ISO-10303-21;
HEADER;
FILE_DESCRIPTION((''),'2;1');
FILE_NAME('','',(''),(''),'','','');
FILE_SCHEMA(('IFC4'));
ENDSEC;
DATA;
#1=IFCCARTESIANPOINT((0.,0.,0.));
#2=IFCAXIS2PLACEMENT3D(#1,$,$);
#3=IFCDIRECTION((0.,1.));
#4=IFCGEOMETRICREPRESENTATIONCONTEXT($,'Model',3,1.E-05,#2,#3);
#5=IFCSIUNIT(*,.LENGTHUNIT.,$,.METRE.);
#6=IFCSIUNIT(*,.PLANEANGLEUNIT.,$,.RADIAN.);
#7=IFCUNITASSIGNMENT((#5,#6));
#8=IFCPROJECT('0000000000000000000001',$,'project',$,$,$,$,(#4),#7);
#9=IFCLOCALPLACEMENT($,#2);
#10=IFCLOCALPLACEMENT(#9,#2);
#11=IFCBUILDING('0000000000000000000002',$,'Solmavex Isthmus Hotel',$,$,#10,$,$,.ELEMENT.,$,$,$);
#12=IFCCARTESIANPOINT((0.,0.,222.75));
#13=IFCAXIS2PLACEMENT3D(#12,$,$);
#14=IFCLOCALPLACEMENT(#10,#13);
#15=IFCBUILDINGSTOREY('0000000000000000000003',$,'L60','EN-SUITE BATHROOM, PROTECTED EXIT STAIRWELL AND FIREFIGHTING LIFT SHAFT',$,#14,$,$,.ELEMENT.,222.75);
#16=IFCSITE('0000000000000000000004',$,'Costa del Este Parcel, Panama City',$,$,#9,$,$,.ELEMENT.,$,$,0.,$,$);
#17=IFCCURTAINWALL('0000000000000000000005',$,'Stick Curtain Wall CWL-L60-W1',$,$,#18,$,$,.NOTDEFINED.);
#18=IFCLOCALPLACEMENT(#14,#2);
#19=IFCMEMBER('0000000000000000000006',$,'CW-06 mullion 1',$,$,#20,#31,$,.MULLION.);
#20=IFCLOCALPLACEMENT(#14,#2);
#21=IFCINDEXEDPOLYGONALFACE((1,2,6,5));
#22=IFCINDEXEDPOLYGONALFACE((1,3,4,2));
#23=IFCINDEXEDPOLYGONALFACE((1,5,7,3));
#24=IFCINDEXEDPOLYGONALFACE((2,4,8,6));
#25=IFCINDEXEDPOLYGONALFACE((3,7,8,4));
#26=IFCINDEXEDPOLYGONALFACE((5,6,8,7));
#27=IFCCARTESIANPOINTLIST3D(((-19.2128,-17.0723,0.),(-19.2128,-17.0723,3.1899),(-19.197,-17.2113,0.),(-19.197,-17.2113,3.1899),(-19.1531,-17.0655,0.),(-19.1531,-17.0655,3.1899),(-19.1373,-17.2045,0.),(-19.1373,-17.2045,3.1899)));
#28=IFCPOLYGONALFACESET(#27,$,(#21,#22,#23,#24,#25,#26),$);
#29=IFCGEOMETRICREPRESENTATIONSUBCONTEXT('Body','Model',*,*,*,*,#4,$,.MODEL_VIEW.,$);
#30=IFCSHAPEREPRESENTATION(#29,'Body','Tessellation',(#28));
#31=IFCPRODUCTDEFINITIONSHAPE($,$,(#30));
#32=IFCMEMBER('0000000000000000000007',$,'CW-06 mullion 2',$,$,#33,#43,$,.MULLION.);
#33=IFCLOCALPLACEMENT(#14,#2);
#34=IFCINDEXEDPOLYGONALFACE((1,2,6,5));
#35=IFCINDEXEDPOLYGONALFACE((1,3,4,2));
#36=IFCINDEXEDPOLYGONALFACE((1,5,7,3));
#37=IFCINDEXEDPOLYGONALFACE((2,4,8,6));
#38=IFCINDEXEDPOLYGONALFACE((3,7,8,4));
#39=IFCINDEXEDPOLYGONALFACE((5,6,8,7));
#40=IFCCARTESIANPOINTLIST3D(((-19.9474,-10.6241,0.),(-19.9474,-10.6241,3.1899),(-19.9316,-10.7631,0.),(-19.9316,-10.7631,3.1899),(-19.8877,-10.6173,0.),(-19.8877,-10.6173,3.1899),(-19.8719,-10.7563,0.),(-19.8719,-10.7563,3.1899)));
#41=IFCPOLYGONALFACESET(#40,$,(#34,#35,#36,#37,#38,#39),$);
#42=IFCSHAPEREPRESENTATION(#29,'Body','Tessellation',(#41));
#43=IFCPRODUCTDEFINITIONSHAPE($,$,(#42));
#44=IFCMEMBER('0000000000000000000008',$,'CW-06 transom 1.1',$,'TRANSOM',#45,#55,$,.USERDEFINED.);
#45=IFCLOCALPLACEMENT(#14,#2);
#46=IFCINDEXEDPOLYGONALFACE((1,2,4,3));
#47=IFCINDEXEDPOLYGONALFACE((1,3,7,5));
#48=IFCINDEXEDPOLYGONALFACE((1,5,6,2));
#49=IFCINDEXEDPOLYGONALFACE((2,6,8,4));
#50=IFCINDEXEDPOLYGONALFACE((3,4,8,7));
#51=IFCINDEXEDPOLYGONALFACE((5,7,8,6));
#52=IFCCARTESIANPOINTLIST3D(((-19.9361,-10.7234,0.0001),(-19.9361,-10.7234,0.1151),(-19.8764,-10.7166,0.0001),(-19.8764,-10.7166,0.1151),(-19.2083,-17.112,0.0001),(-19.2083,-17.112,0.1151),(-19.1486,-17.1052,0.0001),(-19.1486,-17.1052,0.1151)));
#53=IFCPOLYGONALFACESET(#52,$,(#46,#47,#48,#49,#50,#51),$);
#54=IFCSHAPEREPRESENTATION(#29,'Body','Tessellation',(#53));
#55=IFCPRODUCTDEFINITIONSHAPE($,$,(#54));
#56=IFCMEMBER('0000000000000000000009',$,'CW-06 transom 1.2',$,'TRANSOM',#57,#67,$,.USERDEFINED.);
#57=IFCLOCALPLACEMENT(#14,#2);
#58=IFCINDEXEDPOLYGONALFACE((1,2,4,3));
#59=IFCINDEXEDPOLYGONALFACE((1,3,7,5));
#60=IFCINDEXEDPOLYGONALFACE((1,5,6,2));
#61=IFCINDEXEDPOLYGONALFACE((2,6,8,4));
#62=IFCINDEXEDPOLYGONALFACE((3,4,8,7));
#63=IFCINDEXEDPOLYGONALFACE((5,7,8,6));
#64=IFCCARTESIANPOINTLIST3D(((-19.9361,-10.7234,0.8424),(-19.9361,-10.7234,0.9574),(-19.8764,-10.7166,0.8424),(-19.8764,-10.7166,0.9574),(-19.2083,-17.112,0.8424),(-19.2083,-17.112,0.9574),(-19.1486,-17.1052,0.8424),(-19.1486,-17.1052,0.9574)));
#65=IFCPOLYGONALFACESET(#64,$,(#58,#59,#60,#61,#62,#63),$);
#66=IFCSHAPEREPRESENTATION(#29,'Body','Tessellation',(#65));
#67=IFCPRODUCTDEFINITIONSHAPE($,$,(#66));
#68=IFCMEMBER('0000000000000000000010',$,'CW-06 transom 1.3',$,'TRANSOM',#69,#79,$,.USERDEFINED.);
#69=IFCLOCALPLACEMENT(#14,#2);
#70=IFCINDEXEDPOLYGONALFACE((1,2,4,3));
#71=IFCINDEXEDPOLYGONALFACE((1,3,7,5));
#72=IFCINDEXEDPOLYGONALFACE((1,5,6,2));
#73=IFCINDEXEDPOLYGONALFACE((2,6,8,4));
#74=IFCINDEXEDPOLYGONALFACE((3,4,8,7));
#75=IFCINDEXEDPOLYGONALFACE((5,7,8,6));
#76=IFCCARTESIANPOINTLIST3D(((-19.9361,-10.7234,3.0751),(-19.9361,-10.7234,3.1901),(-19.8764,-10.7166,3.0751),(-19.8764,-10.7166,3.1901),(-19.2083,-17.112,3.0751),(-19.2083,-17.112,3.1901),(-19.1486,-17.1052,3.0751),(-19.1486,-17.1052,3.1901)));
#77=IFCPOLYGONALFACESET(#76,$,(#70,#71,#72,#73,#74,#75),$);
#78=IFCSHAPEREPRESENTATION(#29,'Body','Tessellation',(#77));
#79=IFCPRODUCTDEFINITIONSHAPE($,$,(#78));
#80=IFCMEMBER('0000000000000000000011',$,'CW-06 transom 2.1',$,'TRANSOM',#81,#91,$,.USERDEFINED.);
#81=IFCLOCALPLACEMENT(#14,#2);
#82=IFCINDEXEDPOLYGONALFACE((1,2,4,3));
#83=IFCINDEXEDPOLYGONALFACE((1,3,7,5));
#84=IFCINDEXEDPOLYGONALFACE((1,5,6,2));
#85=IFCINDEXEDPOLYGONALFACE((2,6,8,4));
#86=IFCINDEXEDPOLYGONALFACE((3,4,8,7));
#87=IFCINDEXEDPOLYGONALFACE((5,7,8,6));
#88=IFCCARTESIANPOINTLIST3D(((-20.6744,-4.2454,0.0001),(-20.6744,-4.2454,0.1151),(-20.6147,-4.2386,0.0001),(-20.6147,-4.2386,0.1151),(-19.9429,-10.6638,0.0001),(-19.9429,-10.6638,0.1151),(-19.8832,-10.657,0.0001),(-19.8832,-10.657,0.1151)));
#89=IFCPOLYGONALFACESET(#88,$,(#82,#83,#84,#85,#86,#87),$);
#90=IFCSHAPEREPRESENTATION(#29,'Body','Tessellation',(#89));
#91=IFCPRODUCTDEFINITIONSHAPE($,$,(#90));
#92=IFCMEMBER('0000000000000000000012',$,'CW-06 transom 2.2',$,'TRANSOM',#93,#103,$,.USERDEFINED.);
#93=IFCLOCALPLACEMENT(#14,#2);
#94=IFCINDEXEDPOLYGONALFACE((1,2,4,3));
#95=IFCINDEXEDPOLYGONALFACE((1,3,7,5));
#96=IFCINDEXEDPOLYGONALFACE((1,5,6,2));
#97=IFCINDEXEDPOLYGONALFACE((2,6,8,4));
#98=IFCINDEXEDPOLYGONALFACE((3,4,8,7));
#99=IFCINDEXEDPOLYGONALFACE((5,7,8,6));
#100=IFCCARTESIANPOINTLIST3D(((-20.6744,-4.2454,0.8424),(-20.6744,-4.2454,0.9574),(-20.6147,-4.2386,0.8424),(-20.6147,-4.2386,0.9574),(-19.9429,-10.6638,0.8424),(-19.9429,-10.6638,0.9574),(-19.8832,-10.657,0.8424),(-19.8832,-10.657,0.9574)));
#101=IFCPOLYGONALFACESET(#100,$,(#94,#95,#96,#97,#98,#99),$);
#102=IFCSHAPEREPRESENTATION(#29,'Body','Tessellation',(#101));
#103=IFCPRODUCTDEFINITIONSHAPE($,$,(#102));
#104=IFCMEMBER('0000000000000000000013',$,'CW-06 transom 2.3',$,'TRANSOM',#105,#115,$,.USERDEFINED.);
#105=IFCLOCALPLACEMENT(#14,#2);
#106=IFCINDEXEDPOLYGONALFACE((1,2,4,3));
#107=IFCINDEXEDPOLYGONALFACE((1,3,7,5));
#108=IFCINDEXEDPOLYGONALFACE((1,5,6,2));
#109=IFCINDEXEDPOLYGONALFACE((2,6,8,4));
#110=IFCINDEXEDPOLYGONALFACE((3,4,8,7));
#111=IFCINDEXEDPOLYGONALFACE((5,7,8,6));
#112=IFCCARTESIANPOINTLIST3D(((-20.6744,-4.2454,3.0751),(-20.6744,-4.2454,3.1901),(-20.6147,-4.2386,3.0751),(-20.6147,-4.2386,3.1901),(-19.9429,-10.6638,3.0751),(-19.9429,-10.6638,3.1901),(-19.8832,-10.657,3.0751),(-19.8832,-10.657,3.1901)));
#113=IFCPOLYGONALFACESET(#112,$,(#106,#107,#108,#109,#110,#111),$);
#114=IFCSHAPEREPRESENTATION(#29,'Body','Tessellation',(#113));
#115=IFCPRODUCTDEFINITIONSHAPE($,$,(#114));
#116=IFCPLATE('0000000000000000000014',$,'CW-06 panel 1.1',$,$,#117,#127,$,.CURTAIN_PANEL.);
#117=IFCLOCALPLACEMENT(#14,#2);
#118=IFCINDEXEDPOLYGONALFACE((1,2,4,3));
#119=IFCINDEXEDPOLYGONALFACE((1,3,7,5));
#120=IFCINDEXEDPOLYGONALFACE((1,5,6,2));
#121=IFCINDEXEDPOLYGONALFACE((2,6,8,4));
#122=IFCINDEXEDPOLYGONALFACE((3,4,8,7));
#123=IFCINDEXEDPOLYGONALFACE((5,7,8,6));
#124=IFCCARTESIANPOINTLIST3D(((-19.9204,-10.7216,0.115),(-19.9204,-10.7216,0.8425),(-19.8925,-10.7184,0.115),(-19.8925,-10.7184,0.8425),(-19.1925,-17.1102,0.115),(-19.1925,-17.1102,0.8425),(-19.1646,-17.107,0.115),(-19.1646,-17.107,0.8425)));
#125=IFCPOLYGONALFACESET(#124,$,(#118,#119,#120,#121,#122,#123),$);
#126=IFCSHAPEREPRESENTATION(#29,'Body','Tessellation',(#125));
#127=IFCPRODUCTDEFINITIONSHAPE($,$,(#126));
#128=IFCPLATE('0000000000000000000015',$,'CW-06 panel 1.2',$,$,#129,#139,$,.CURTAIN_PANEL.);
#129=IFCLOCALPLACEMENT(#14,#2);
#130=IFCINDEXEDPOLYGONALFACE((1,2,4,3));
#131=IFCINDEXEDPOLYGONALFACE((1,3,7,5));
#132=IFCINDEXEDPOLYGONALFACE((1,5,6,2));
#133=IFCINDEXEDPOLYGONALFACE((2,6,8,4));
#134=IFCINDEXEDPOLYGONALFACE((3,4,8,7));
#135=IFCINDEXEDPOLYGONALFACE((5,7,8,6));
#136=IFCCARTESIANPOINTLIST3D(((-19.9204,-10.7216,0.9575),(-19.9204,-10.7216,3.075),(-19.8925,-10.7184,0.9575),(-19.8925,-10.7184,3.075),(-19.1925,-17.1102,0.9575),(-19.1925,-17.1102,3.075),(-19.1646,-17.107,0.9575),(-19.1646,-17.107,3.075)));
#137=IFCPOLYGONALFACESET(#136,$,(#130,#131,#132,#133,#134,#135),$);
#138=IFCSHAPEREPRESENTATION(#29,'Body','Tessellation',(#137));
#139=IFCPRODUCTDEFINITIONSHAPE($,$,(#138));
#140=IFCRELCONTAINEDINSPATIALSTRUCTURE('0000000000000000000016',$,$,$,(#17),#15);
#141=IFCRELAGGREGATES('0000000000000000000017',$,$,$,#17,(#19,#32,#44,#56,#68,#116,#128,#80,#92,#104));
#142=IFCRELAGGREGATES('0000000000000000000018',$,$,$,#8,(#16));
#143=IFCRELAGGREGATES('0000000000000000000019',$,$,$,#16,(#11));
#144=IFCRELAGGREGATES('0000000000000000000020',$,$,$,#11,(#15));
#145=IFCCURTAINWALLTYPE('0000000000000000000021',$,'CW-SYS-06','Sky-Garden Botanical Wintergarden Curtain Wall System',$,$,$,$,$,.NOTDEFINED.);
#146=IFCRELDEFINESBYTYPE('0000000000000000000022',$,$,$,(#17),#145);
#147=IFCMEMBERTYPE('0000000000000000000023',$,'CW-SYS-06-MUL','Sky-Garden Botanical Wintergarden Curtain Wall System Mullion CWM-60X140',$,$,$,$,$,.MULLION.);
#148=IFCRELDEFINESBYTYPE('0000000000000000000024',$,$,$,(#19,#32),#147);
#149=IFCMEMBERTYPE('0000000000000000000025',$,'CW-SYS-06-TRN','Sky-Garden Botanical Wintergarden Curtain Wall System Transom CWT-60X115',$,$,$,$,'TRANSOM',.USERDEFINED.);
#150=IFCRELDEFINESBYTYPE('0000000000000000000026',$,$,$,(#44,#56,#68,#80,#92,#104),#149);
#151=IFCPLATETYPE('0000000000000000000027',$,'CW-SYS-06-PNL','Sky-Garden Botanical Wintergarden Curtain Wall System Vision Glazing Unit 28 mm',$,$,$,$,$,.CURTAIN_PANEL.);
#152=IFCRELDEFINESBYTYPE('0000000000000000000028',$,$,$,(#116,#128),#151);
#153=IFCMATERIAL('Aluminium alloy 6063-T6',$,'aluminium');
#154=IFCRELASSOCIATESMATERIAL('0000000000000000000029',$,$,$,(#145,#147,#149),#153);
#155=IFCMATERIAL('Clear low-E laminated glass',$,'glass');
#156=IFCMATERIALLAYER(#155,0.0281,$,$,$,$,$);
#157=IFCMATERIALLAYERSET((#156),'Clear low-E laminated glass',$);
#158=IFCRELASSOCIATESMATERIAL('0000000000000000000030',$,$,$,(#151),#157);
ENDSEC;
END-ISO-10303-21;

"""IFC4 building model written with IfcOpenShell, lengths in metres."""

from ifc_helpers import new_model, si_unit, direction, frame, origin, origin_2d, place, context, subcontext, project, spatial, rectangle, extrude, material, layer, layer_set, material_profile, profile_set, type_object, element, aggregate, save


model = new_model("IFC4")

# Units and contexts
model_context = context("Model", 3, precision=1e-05, world=origin(), true_north=direction((0.0, 1.0)))
body_context = subcontext(model_context, "Body", "Model", "MODEL_VIEW")
ifc_project = project(units=[si_unit("LENGTHUNIT", "METRE"), si_unit("PLANEANGLEUNIT", "RADIAN")], contexts=[model_context])

# Site, building, storey
site_placement = place(None, origin())
site = spatial("IfcSite", under=ifc_project, at=site_placement, Name="Costa del Este Parcel, Panama City", CompositionType="ELEMENT", RefElevation=0.0)
building_placement = place(site_placement, origin())
building = spatial("IfcBuilding", under=site, at=building_placement, Name="Solmavex Isthmus Hotel", CompositionType="ELEMENT")
storey_placement = place(building_placement, frame((0.0, 0.0, 222.75)))
storey = spatial("IfcBuildingStorey", under=building, at=storey_placement, Name="L60", Description="EN-SUITE BATHROOM, PROTECTED EXIT STAIRWELL AND FIREFIGHTING LIFT SHAFT", CompositionType="ELEMENT", Elevation=222.75)

# Curtain wall, members, plates
ifc_material_1 = material(Name="Aluminium alloy 6063-T6", Category="aluminium")
curtain_wall_type = type_object("IfcCurtainWallType", Name="CW-SYS-06", Description="Sky-Garden Botanical Wintergarden Curtain Wall System", PredefinedType="NOTDEFINED", material=ifc_material_1)
curtain_wall_placement = place(storey_placement, origin())
curtain_wall = element("IfcCurtainWall", 1, at=curtain_wall_placement, inside=storey, type_object=curtain_wall_type, Name="Stick Curtain Wall CWL-L60-W1", PredefinedType="NOTDEFINED")
ifc_material_profile_1 = material_profile(ifc_material_1, rectangle(XDim=0.0601, YDim=0.1399, at=origin_2d()), Name="CWM-60X140")
ifc_profile_set_1 = profile_set([ifc_material_profile_1], Name="Aluminium alloy 6063-T6")
member_type_1 = type_object("IfcMemberType", Name="CW-SYS-06-MUL", Description="Sky-Garden Botanical Wintergarden Curtain Wall System Mullion CWM-60X140", PredefinedType="MULLION", material=ifc_profile_set_1)
member_1_placement = place(storey_placement, frame((-19.175, -17.1384, 0.0), z_axis=(0.0, 0.0, 1.0), x_axis=(-0.993572, -0.113203, 0.0)))
member_1 = element("IfcMember", 2, at=member_1_placement, type_object=member_type_1, Name="CW-06 mullion 1", PredefinedType="MULLION", context=body_context, shape_type="SweptSolid", body=[
    extrude(rectangle(XDim=0.0601, YDim=0.1399, at=origin_2d()), origin(), (0.0, 0.0, 1.0), 3.1899),
])
member_2_placement = place(storey_placement, frame((-19.9097, -10.6902, 0.0), z_axis=(0.0, 0.0, 1.0), x_axis=(-0.993572, -0.113203, 0.0)))
member_2 = element("IfcMember", 3, at=member_2_placement, type_object=member_type_1, Name="CW-06 mullion 2", PredefinedType="MULLION", context=body_context, shape_type="SweptSolid", body=[
    extrude(rectangle(XDim=0.0601, YDim=0.1399, at=origin_2d()), origin(), (0.0, 0.0, 1.0), 3.1899),
])
ifc_material_profile_2 = material_profile(ifc_material_1, rectangle(XDim=0.0601, YDim=0.115, at=origin_2d()), Name="CWT-60X115")
ifc_profile_set_2 = profile_set([ifc_material_profile_2], Name="Aluminium alloy 6063-T6")
member_type_2 = type_object("IfcMemberType", Name="CW-SYS-06-TRN", Description="Sky-Garden Botanical Wintergarden Curtain Wall System Transom CWT-60X115", ElementType="TRANSOM", PredefinedType="USERDEFINED", material=ifc_profile_set_2)
member_3_placement = place(storey_placement, frame((-19.1785, -17.1086, 0.0576), z_axis=(-0.113186, 0.993574, 0.0), x_axis=(-0.993574, -0.113186, 0.0)))
member_3 = element("IfcMember", 4, at=member_3_placement, type_object=member_type_2, Name="CW-06 transom 1.1", ObjectType="TRANSOM", PredefinedType="USERDEFINED", context=body_context, shape_type="SweptSolid", body=[
    extrude(rectangle(XDim=0.0601, YDim=0.115, at=origin_2d()), origin(), (0.0, 0.0, 1.0), 6.4299),
])
member_4_placement = place(storey_placement, frame((-19.1785, -17.1086, 0.8999), z_axis=(-0.113186, 0.993574, 0.0), x_axis=(-0.993574, -0.113186, 0.0)))
member_4 = element("IfcMember", 5, at=member_4_placement, type_object=member_type_2, Name="CW-06 transom 1.2", ObjectType="TRANSOM", PredefinedType="USERDEFINED", context=body_context, shape_type="SweptSolid", body=[
    extrude(rectangle(XDim=0.0601, YDim=0.115, at=origin_2d()), origin(), (0.0, 0.0, 1.0), 6.4299),
])
member_5_placement = place(storey_placement, frame((-19.1785, -17.1086, 3.1326), z_axis=(-0.113186, 0.993574, 0.0), x_axis=(-0.993574, -0.113186, 0.0)))
member_5 = element("IfcMember", 6, at=member_5_placement, type_object=member_type_2, Name="CW-06 transom 1.3", ObjectType="TRANSOM", PredefinedType="USERDEFINED", context=body_context, shape_type="SweptSolid", body=[
    extrude(rectangle(XDim=0.0601, YDim=0.115, at=origin_2d()), origin(), (0.0, 0.0, 1.0), 6.4299),
])
member_6_placement = place(storey_placement, frame((-19.9131, -10.6604, 0.0576), z_axis=(-0.113227, 0.993569, 0.0), x_axis=(-0.993569, -0.113227, 0.0)))
member_6 = element("IfcMember", 7, at=member_6_placement, type_object=member_type_2, Name="CW-06 transom 2.1", ObjectType="TRANSOM", PredefinedType="USERDEFINED", context=body_context, shape_type="SweptSolid", body=[
    extrude(rectangle(XDim=0.0601, YDim=0.115, at=origin_2d()), origin(), (0.0, 0.0, 1.0), 6.46),
])
member_7_placement = place(storey_placement, frame((-19.9131, -10.6604, 0.8999), z_axis=(-0.113227, 0.993569, 0.0), x_axis=(-0.993569, -0.113227, 0.0)))
member_7 = element("IfcMember", 8, at=member_7_placement, type_object=member_type_2, Name="CW-06 transom 2.2", ObjectType="TRANSOM", PredefinedType="USERDEFINED", context=body_context, shape_type="SweptSolid", body=[
    extrude(rectangle(XDim=0.0601, YDim=0.115, at=origin_2d()), origin(), (0.0, 0.0, 1.0), 6.46),
])
member_8_placement = place(storey_placement, frame((-19.9131, -10.6604, 3.1326), z_axis=(-0.113227, 0.993569, 0.0), x_axis=(-0.993569, -0.113227, 0.0)))
member_8 = element("IfcMember", 9, at=member_8_placement, type_object=member_type_2, Name="CW-06 transom 2.3", ObjectType="TRANSOM", PredefinedType="USERDEFINED", context=body_context, shape_type="SweptSolid", body=[
    extrude(rectangle(XDim=0.0601, YDim=0.115, at=origin_2d()), origin(), (0.0, 0.0, 1.0), 6.46),
])
ifc_material_2 = material(Name="Clear low-E laminated glass", Category="glass")
ifc_layer_1 = layer(ifc_material_2, 0.0281)
ifc_layer_set_1 = layer_set([ifc_layer_1], Name="Clear low-E laminated glass")
plate_type = type_object("IfcPlateType", Name="CW-SYS-06-PNL", Description="Sky-Garden Botanical Wintergarden Curtain Wall System Vision Glazing Unit 28 mm", PredefinedType="CURTAIN_PANEL", material=ifc_layer_set_1)
plate_1_placement = place(storey_placement, frame((-19.5425, -13.9143, 0.115), z_axis=(0.0, 0.0, 1.0), x_axis=(-0.113203, 0.993572, 0.0)))
plate_1 = element("IfcPlate", 10, at=plate_1_placement, type_object=plate_type, Name="CW-06 panel 1.1", PredefinedType="CURTAIN_PANEL", context=body_context, shape_type="SweptSolid", body=[
    extrude(rectangle(XDim=6.4299, YDim=0.0281, at=origin_2d()), origin(), (0.0, 0.0, 1.0), 0.7275),
])
plate_2_placement = place(storey_placement, frame((-19.5425, -13.9143, 0.9575), z_axis=(0.0, 0.0, 1.0), x_axis=(-0.113203, 0.993572, 0.0)))
plate_2 = element("IfcPlate", 11, at=plate_2_placement, type_object=plate_type, Name="CW-06 panel 1.2", PredefinedType="CURTAIN_PANEL", context=body_context, shape_type="SweptSolid", body=[
    extrude(rectangle(XDim=6.4299, YDim=0.0281, at=origin_2d()), origin(), (0.0, 0.0, 1.0), 2.1174),
])
aggregate(curtain_wall, [member_1, member_2, member_3, member_4, member_5, plate_1, plate_2, member_6, member_7, member_8])

save(model, "model.ifc")
